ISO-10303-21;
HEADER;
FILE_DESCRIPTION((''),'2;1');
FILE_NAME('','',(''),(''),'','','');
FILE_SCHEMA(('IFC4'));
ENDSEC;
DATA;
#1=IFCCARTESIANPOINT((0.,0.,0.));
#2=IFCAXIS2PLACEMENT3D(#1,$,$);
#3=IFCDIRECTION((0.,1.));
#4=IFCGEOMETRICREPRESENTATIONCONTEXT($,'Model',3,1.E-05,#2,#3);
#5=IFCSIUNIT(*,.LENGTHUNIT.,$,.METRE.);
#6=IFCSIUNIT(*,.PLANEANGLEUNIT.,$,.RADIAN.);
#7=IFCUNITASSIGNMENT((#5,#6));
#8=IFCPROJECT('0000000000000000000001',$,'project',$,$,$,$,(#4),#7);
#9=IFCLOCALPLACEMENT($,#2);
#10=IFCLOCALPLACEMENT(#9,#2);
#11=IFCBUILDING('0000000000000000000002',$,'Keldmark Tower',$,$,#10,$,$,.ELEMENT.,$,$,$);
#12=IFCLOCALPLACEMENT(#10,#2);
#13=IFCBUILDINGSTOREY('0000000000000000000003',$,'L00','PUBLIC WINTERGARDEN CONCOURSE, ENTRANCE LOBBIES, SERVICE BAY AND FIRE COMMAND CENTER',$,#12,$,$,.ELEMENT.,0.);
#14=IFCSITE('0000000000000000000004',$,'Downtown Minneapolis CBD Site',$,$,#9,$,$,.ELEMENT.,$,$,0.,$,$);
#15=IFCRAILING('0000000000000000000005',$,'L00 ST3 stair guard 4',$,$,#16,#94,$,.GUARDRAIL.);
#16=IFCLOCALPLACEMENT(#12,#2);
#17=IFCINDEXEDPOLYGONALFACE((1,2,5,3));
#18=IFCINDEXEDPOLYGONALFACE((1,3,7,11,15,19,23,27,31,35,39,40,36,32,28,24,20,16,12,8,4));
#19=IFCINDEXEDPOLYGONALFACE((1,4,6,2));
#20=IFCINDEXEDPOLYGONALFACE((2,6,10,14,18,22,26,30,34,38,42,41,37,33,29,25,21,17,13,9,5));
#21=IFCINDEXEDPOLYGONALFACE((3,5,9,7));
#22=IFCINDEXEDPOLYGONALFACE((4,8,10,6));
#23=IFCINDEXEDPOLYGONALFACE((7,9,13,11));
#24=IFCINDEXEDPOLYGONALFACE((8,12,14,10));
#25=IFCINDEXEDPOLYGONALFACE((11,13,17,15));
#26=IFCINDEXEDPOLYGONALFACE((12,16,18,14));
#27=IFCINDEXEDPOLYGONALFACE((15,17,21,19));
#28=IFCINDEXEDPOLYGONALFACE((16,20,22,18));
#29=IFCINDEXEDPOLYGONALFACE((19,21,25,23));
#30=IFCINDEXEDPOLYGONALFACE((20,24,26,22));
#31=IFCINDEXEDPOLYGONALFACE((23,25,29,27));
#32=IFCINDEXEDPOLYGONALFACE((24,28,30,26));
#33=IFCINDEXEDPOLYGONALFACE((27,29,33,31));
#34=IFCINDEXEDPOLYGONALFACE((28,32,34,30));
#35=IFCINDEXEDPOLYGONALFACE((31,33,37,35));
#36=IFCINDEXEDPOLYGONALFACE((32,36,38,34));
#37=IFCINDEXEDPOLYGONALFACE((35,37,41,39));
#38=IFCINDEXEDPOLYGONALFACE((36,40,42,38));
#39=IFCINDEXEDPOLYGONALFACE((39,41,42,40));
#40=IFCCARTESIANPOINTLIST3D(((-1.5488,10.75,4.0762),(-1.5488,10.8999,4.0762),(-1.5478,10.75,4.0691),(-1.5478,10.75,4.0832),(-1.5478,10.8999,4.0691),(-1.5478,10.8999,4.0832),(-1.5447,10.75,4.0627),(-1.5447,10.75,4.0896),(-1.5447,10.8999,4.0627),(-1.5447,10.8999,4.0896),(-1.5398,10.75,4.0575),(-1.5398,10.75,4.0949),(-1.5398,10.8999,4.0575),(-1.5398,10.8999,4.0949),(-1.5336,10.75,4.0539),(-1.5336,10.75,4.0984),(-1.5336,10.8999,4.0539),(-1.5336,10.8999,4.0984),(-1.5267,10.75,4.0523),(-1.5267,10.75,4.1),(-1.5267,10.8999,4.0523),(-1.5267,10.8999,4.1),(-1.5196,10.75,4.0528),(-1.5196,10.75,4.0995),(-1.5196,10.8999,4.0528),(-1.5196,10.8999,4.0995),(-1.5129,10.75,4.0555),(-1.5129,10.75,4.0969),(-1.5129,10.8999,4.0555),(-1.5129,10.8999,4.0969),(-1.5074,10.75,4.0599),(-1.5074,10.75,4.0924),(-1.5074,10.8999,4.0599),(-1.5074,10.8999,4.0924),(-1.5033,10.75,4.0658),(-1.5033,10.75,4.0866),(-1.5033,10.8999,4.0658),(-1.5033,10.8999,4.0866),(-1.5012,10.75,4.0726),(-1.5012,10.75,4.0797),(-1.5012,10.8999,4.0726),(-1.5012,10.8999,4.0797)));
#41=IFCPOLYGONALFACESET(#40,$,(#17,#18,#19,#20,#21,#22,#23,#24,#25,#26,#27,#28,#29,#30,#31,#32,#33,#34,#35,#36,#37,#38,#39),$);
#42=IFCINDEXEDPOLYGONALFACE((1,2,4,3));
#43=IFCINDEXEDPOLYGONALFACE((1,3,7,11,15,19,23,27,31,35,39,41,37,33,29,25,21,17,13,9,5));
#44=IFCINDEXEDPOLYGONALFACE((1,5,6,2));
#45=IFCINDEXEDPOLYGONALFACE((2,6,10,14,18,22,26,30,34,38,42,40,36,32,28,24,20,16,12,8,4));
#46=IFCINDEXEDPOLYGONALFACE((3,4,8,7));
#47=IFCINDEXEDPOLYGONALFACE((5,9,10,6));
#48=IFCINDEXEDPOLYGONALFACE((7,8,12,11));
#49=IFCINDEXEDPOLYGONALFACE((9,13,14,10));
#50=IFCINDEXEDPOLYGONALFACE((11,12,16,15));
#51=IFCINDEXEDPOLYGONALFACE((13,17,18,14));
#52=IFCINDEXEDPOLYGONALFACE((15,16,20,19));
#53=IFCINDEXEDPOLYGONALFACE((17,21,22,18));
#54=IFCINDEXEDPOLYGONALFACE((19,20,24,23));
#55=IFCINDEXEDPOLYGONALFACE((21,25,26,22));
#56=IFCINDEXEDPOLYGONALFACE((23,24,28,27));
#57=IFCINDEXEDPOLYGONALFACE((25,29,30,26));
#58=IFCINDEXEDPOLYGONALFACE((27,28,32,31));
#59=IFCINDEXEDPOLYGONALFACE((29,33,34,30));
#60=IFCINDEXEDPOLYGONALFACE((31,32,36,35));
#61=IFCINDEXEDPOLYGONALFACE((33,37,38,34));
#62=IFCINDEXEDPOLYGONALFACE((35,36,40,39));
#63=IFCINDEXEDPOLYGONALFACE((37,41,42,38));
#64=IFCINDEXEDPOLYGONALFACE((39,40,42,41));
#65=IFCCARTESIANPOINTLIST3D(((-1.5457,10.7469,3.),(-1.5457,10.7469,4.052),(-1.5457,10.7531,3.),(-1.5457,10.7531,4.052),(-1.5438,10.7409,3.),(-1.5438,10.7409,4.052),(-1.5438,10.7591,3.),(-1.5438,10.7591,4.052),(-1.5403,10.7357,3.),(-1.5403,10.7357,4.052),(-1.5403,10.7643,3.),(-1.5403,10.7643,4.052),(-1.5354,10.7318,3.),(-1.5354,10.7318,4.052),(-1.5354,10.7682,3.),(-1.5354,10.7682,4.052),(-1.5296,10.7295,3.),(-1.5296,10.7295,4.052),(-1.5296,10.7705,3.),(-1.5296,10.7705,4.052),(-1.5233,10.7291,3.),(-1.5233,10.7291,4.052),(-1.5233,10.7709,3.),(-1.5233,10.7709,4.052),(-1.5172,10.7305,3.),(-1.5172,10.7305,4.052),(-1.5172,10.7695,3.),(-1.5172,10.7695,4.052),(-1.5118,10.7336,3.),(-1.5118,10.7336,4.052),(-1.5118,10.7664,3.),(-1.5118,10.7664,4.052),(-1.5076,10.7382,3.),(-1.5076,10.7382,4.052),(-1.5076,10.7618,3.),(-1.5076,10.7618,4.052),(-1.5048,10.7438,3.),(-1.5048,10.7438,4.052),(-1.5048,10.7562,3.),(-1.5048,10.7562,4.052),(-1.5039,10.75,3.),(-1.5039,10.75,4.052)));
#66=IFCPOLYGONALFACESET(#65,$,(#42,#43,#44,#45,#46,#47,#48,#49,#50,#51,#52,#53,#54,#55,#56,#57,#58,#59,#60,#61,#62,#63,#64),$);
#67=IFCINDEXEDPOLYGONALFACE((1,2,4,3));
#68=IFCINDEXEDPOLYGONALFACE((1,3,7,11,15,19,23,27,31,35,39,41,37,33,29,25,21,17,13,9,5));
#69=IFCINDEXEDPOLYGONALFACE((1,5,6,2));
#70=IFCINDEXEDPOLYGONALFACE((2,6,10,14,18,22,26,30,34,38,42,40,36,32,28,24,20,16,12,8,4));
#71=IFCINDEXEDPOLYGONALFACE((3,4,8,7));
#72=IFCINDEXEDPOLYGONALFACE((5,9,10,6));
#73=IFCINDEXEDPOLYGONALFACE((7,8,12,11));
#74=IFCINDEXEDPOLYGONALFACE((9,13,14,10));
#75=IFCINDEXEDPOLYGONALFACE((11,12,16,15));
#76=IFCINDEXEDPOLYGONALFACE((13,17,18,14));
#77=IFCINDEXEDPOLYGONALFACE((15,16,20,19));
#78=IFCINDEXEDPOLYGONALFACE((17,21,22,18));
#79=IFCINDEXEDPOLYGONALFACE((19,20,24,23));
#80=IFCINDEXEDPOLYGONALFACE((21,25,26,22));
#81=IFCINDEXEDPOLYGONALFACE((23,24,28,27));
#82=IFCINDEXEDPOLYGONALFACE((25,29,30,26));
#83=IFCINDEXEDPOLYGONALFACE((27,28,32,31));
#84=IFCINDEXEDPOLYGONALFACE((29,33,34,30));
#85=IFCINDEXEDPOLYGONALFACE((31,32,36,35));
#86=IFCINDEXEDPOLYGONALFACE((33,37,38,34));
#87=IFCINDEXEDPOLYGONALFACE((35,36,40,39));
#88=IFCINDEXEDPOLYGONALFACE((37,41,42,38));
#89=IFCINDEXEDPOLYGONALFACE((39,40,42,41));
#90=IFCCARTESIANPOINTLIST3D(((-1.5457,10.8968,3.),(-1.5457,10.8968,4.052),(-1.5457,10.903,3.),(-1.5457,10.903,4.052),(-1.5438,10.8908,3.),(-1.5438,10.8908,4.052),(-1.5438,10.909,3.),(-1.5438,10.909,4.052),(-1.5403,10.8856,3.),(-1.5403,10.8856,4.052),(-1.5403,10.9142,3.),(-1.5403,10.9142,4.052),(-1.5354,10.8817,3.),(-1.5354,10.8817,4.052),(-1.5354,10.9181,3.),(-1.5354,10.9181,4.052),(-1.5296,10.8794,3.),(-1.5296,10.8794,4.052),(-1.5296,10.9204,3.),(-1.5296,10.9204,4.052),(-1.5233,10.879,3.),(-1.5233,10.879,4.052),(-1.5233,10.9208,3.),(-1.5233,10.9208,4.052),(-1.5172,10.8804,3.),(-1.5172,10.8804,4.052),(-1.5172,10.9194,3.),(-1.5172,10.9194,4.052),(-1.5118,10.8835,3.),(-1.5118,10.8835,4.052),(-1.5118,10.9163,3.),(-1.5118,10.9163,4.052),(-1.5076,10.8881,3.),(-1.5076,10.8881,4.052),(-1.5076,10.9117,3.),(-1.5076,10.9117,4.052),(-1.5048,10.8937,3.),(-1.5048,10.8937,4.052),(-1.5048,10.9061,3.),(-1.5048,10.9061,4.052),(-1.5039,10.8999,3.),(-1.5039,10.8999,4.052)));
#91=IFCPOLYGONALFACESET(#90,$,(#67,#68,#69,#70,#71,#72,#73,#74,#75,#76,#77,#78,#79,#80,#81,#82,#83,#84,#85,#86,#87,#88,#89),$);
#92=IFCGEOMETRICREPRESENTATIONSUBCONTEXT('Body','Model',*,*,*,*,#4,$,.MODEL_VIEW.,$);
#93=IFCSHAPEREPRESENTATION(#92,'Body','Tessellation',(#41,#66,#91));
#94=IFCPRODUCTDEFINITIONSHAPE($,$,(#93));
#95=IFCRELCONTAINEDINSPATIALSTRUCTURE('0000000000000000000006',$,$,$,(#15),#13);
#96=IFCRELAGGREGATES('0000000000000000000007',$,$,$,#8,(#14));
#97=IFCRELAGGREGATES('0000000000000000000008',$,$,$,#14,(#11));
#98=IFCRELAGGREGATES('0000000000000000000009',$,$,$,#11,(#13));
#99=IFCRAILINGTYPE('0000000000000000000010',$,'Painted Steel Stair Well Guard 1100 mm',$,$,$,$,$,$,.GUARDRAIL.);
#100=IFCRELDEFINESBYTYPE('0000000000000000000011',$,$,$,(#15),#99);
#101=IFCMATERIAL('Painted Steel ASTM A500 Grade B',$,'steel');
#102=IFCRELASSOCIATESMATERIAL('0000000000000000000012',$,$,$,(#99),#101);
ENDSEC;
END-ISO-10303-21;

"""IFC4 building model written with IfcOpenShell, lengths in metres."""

from ifc_helpers import new_model, si_unit, direction, frame, origin, origin_2d, place, context, subcontext, project, spatial, circle, extrude, material, type_object, element, save


model = new_model("IFC4")

# Units and contexts
model_context = context("Model", 3, precision=1e-05, world=origin(), true_north=direction((0.0, 1.0)))
body_context = subcontext(model_context, "Body", "Model", "MODEL_VIEW")
ifc_project = project(units=[si_unit("LENGTHUNIT", "METRE"), si_unit("PLANEANGLEUNIT", "RADIAN")], contexts=[model_context])

# Site, building, storey
site_placement = place(None, origin())
site = spatial("IfcSite", under=ifc_project, at=site_placement, Name="Downtown Minneapolis CBD Site", CompositionType="ELEMENT", RefElevation=0.0)
building_placement = place(site_placement, origin())
building = spatial("IfcBuilding", under=site, at=building_placement, Name="Keldmark Tower", CompositionType="ELEMENT")
storey_placement = place(building_placement, origin())
storey = spatial("IfcBuildingStorey", under=building, at=storey_placement, Name="L00", Description="PUBLIC WINTERGARDEN CONCOURSE, ENTRANCE LOBBIES, SERVICE BAY AND FIRE COMMAND CENTER", CompositionType="ELEMENT", Elevation=0.0)

# Railing
ifc_material_1 = material(Name="Painted Steel ASTM A500 Grade B", Category="steel")
railing_type = type_object("IfcRailingType", Name="Painted Steel Stair Well Guard 1100 mm", PredefinedType="GUARDRAIL", material=ifc_material_1)
railing_1_placement = place(storey_placement, frame((-1.5249, 10.75, 3.0)))
element("IfcRailing", 1, at=railing_1_placement, inside=storey, type_object=railing_type, Name="L00 ST3 stair guard 4", PredefinedType="GUARDRAIL", context=body_context, shape_type="SweptSolid", body=[
    extrude(circle(Radius=0.0239, at=origin_2d()), frame((0.0, 0.0, 1.0762), z_axis=(0.0, 1.0, 0.0), x_axis=(-1.0, 0.0, 0.0)), (0.0, 0.0, 1.0), 0.1499),
    extrude(circle(Radius=0.021, at=origin_2d()), origin(), (0.0, 0.0, 1.0), 1.052),
    extrude(circle(Radius=0.021, at=origin_2d()), frame((0.0, 0.1499, 0.0)), (0.0, 0.0, 1.0), 1.052),
])

save(model, "model.ifc")
